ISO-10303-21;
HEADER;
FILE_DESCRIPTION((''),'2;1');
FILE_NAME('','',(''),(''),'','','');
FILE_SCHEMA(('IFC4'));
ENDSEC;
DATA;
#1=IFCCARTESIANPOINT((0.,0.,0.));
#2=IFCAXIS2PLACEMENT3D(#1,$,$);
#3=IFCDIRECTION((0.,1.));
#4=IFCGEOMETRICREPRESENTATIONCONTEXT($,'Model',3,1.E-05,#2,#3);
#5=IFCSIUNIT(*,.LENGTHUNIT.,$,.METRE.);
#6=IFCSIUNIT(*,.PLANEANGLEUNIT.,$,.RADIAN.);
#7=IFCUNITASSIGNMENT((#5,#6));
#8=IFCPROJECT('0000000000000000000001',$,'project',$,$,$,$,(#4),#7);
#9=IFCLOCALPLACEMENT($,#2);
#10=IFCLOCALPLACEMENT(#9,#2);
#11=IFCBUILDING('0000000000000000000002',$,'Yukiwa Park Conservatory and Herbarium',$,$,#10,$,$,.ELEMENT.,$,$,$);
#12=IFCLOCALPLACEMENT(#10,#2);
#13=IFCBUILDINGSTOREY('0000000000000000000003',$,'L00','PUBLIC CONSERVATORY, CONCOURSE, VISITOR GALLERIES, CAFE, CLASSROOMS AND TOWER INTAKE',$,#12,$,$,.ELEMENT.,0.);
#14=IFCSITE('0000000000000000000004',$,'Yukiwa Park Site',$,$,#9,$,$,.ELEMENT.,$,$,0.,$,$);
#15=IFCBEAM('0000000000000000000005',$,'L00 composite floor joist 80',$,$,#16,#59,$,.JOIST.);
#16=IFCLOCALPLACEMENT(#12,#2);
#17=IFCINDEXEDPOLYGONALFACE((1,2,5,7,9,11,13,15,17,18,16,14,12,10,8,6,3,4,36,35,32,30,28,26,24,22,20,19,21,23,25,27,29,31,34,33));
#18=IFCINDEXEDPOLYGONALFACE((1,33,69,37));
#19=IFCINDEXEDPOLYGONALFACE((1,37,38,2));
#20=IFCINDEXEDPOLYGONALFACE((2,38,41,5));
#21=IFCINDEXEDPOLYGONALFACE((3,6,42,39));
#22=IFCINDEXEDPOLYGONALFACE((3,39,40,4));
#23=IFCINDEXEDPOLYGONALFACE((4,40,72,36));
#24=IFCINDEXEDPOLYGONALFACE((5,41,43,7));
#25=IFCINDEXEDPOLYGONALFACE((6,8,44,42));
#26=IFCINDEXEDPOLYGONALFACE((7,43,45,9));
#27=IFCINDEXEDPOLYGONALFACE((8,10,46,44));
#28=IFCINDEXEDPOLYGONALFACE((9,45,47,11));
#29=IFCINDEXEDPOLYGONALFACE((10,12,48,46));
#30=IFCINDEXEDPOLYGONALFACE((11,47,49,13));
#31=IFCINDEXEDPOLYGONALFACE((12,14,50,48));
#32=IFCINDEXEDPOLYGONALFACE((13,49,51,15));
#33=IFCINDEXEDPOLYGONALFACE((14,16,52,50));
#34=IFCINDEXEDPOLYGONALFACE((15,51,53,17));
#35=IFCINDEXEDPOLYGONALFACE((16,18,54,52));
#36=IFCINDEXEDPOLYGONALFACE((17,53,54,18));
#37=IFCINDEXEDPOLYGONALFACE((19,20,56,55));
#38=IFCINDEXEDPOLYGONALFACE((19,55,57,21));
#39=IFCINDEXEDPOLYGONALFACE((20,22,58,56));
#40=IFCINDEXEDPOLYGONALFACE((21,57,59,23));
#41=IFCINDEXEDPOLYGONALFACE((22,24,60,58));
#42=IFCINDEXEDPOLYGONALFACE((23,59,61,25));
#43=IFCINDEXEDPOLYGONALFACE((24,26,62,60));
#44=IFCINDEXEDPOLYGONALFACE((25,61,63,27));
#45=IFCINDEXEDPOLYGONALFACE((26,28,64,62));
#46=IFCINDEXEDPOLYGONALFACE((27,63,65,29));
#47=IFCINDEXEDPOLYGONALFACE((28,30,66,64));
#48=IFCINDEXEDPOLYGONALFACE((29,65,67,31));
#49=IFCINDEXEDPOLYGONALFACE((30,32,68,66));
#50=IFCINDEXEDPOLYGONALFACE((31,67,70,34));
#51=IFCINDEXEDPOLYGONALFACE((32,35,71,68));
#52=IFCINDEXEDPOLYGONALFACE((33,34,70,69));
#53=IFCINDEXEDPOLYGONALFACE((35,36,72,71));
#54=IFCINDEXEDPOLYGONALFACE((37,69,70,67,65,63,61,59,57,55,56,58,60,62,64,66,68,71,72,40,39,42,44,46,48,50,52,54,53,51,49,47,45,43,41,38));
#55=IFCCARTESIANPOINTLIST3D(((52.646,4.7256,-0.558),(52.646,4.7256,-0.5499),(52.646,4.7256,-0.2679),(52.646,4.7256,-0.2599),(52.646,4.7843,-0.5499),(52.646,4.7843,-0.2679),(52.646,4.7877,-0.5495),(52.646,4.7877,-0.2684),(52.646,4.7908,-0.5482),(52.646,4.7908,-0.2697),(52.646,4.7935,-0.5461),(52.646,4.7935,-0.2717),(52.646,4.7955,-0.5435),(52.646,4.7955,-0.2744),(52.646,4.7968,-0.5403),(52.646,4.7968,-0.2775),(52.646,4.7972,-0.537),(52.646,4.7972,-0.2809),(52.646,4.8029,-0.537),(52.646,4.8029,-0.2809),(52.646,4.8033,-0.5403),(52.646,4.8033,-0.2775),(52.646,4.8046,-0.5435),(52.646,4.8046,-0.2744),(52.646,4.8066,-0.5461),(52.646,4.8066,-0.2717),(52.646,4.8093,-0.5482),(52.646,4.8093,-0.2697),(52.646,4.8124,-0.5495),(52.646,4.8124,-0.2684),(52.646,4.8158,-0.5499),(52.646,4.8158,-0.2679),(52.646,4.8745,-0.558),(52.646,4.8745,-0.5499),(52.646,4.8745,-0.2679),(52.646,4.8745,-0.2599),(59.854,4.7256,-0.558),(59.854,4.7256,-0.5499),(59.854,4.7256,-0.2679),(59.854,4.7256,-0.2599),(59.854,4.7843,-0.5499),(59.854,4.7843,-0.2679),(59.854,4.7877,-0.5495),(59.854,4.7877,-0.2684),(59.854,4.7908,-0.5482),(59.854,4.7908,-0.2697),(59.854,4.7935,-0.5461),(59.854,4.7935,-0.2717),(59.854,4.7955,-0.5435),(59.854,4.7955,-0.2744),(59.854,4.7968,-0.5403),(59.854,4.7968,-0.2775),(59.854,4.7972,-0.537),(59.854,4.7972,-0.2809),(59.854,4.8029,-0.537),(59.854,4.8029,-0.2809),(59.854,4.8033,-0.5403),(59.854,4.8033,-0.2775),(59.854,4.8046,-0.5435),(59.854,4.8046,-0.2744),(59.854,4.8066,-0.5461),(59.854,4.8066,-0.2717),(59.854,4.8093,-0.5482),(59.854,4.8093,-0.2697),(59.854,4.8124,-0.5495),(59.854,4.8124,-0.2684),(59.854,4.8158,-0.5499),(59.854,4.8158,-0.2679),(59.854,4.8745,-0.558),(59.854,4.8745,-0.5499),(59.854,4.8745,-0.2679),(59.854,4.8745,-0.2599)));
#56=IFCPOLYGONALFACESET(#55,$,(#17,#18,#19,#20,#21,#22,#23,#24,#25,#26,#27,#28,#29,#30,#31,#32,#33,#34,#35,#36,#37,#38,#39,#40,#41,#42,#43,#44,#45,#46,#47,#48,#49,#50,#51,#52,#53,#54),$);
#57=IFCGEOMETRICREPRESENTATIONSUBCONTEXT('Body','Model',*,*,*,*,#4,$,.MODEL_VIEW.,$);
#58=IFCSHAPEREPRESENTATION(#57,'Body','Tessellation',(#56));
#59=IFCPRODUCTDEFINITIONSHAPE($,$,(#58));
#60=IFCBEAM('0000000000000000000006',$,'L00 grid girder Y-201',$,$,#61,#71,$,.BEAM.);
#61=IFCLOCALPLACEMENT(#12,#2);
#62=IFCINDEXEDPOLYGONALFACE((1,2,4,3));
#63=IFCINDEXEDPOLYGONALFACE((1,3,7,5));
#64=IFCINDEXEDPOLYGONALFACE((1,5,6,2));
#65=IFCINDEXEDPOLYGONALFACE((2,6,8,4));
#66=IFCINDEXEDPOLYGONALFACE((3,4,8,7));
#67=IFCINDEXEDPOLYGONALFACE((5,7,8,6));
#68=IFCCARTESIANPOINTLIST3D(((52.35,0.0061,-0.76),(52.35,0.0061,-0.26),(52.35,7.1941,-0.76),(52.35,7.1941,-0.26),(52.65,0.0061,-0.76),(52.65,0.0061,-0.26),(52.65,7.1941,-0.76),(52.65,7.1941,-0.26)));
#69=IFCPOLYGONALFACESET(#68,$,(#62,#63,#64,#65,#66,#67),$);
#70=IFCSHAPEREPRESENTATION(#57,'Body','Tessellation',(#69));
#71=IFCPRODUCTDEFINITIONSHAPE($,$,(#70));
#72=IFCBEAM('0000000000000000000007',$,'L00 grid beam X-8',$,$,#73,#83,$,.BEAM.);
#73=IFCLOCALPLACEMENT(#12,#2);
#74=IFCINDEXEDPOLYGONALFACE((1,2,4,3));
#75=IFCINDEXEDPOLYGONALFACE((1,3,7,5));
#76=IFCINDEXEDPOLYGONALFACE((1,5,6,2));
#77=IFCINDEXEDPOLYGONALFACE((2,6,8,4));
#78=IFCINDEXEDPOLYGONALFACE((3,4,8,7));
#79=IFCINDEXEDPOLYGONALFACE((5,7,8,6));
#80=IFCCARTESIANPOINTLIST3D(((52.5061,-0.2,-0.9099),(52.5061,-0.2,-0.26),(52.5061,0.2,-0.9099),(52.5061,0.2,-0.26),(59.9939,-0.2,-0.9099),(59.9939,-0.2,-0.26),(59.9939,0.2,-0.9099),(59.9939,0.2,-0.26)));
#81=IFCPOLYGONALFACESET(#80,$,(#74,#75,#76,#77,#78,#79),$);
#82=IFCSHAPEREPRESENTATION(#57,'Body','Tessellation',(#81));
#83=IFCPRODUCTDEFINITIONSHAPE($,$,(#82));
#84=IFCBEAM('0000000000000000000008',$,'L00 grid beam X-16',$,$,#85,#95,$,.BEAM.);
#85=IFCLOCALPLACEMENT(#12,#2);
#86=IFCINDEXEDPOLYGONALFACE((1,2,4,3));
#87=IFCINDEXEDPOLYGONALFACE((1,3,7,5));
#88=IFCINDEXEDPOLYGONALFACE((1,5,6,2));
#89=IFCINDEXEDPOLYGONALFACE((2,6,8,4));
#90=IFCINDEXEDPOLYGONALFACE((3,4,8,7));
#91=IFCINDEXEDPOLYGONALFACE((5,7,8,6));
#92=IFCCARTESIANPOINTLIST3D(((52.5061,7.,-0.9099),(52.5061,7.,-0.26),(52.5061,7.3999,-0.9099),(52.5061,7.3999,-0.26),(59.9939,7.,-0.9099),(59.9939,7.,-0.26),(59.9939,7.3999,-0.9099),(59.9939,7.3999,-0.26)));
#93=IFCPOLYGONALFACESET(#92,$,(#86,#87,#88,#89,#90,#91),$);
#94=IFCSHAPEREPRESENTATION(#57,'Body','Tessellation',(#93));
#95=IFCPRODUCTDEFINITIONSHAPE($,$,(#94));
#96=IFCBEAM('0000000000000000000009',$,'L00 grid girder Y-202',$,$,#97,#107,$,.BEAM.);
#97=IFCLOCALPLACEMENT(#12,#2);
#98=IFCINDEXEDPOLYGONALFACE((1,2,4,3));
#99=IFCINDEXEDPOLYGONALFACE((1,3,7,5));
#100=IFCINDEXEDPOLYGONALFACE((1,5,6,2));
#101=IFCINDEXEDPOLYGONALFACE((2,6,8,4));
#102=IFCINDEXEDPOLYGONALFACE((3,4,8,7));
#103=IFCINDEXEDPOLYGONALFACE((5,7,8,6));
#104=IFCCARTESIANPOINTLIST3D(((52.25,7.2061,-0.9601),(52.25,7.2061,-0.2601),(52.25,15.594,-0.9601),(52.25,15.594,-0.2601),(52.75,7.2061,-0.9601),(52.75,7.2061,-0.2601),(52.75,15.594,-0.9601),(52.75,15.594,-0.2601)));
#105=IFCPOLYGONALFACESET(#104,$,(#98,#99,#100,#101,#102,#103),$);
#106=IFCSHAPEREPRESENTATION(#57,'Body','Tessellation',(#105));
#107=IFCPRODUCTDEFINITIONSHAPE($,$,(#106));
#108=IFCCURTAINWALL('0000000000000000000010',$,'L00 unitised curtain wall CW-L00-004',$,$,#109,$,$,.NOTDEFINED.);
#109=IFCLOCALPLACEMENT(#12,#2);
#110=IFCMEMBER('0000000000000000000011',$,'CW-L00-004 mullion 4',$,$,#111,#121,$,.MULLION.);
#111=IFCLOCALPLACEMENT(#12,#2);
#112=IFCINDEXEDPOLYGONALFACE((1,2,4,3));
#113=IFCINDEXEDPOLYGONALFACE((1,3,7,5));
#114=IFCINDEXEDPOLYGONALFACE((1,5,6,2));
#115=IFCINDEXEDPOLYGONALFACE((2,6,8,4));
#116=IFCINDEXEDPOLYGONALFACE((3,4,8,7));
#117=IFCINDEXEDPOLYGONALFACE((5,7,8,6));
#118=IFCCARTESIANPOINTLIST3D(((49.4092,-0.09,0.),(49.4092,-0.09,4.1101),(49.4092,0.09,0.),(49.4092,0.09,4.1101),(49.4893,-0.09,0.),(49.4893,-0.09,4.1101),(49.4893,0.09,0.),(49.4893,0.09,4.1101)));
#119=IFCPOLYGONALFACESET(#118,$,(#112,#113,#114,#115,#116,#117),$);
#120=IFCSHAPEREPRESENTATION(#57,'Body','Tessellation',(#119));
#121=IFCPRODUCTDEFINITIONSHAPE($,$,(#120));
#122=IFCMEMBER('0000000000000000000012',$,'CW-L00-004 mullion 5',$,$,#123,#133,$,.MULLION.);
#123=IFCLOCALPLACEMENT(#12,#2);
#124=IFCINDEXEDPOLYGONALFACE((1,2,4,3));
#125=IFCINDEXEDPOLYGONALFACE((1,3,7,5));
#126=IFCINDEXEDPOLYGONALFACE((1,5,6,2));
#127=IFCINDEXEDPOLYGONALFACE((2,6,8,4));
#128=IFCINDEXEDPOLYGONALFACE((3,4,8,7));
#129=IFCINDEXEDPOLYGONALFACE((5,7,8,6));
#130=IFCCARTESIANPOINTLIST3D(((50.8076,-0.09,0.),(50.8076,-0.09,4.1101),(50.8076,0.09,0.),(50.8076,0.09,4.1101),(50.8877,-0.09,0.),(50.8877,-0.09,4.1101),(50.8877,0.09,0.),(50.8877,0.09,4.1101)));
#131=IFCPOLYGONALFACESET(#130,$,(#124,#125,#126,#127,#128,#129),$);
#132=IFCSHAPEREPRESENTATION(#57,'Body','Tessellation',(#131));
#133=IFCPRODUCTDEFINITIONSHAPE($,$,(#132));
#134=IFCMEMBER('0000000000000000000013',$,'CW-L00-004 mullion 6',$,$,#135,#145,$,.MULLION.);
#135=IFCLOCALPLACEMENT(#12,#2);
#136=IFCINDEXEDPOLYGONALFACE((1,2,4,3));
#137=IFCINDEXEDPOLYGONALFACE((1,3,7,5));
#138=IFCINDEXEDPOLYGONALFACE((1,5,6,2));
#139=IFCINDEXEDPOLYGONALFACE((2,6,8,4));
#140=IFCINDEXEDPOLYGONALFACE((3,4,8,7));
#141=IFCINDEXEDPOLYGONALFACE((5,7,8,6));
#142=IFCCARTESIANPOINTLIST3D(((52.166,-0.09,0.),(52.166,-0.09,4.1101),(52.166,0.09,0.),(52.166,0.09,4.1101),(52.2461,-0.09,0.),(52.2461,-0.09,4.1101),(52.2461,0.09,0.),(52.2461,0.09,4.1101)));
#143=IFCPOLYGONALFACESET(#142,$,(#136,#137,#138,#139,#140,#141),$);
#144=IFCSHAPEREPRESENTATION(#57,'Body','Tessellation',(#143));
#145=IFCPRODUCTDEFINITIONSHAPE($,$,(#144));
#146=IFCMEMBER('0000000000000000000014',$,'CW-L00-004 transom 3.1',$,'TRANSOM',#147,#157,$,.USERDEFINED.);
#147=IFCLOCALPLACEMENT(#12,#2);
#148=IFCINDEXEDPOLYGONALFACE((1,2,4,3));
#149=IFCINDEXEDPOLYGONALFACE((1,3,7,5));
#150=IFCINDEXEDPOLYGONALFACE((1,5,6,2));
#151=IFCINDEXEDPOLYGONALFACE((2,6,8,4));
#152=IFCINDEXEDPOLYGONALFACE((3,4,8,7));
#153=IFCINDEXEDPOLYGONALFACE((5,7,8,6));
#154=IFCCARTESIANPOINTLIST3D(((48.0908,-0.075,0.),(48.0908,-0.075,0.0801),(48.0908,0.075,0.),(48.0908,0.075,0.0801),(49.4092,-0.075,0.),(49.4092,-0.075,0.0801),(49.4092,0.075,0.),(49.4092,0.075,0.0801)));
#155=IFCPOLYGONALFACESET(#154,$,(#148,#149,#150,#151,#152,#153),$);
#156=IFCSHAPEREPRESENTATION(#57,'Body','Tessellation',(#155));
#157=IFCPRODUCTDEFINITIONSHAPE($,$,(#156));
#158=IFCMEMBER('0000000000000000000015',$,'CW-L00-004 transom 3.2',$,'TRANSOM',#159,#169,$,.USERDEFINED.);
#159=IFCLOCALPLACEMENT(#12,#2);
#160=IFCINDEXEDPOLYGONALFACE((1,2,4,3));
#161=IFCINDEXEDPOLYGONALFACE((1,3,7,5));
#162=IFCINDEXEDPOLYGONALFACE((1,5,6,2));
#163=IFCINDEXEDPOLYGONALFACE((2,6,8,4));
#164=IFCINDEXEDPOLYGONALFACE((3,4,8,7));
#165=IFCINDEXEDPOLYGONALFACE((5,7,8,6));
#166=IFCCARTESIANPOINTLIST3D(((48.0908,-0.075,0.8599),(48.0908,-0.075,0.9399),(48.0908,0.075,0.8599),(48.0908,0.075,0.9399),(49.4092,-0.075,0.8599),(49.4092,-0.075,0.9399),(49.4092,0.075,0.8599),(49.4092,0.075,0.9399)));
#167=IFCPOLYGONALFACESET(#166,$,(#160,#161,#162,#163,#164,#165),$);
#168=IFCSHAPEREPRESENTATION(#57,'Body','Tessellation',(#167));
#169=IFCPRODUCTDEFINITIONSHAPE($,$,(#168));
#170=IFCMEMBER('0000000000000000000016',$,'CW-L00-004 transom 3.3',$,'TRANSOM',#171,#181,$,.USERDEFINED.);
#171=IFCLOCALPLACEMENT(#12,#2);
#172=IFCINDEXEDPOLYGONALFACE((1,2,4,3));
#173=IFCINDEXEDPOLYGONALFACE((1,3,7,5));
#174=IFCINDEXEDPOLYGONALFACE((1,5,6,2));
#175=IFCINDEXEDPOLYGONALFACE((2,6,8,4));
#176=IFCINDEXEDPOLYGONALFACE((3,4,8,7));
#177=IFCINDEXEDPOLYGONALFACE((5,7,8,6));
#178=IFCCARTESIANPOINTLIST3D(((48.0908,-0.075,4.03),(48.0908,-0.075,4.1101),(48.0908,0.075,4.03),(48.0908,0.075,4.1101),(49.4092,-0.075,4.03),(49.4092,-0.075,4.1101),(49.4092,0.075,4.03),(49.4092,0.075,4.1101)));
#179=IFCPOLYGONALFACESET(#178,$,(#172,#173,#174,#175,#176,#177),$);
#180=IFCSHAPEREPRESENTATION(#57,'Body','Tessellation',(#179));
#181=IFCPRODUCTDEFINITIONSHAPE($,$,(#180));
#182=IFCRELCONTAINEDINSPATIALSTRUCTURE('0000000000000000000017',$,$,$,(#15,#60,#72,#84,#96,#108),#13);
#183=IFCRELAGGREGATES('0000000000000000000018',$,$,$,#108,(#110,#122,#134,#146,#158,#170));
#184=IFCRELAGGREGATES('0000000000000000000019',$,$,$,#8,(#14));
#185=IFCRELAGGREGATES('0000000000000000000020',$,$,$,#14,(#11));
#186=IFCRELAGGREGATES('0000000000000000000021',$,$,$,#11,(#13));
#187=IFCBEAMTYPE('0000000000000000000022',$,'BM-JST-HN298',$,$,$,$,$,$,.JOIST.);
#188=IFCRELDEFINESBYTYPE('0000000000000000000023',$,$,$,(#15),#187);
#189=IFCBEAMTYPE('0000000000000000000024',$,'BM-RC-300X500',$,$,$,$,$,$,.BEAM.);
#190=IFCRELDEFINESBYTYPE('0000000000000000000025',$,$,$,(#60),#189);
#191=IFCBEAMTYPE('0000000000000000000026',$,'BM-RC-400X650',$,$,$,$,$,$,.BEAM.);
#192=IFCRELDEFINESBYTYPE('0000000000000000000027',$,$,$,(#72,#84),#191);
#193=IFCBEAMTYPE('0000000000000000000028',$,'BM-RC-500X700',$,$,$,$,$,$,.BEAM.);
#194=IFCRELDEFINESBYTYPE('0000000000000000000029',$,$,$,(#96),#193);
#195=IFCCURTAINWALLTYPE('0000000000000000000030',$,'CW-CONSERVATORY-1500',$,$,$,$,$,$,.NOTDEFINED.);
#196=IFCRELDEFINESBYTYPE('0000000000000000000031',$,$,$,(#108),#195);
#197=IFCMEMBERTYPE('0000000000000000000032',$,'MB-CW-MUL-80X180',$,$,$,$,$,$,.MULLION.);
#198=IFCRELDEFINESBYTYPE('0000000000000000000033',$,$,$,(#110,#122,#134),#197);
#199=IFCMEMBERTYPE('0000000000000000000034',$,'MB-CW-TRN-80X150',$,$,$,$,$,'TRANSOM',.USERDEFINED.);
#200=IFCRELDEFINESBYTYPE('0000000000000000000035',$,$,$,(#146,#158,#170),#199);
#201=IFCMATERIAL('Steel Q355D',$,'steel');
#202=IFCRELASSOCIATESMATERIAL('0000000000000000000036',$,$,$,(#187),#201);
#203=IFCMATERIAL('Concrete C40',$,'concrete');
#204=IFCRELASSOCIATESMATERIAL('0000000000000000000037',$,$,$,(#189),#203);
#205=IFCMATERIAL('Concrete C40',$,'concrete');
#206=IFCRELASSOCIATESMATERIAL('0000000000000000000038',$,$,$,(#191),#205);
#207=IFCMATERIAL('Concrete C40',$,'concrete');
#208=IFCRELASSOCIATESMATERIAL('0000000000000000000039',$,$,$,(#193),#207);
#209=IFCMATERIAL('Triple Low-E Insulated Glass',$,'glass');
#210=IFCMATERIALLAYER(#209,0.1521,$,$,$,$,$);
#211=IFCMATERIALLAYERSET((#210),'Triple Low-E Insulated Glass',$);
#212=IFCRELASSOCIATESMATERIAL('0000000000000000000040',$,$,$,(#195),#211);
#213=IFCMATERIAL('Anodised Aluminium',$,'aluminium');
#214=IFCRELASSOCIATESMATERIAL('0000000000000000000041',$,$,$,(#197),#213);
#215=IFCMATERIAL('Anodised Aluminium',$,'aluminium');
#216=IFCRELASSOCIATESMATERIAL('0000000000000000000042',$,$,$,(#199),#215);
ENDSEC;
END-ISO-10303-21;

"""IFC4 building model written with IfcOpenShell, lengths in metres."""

from ifc_helpers import new_model, si_unit, direction, frame, origin, origin_2d, place, context, subcontext, project, spatial, rectangle, i_section, extrude, material, layer, layer_set, material_profile, profile_set, type_object, element, aggregate, save


model = new_model("IFC4")

# Units and contexts
model_context = context("Model", 3, precision=1e-05, world=origin(), true_north=direction((0.0, 1.0)))
body_context = subcontext(model_context, "Body", "Model", "MODEL_VIEW")
ifc_project = project(units=[si_unit("LENGTHUNIT", "METRE"), si_unit("PLANEANGLEUNIT", "RADIAN")], contexts=[model_context])

# Site, building, storey
site_placement = place(None, origin())
site = spatial("IfcSite", under=ifc_project, at=site_placement, Name="Yukiwa Park Site", CompositionType="ELEMENT", RefElevation=0.0)
building_placement = place(site_placement, origin())
building = spatial("IfcBuilding", under=site, at=building_placement, Name="Yukiwa Park Conservatory and Herbarium", CompositionType="ELEMENT")
storey_placement = place(building_placement, origin())
storey = spatial("IfcBuildingStorey", under=building, at=storey_placement, Name="L00", Description="PUBLIC CONSERVATORY, CONCOURSE, VISITOR GALLERIES, CAFE, CLASSROOMS AND TOWER INTAKE", CompositionType="ELEMENT", Elevation=0.0)

# Beams
ifc_material_1 = material(Name="Steel Q355D", Category="steel")
ifc_material_profile_1 = material_profile(ifc_material_1, i_section(OverallWidth=0.1489, OverallDepth=0.2981, WebThickness=0.0056, FlangeThickness=0.0081, FilletRadius=0.0129, at=origin_2d()), Name="HN 298x149x5.5x8")
ifc_profile_set_1 = profile_set([ifc_material_profile_1], Name="Steel Q355D")
beam_type_1 = type_object("IfcBeamType", Name="BM-JST-HN298", PredefinedType="JOIST", material=ifc_profile_set_1)
for number, where, z_axis, x_axis, name in (
    (1, (52.646, 4.8, -0.4089), (1.0, 0.0, 0.0), (0.0, 1.0, 0.0), "L00 composite floor joist 80"),
):
    element("IfcBeam", number, at=place(storey_placement, frame(where, z_axis=z_axis, x_axis=x_axis)), inside=storey, type_object=beam_type_1, Name=name, PredefinedType="JOIST", context=body_context, shape_type="SweptSolid", body=[
        extrude(i_section(OverallWidth=0.1489, OverallDepth=0.2981, WebThickness=0.0056, FlangeThickness=0.0081, FilletRadius=0.0129, at=origin_2d()), origin(), (0.0, 0.0, 1.0), 7.208),
    ])
ifc_material_2 = material(Name="Concrete C40", Category="concrete")
ifc_material_profile_2 = material_profile(ifc_material_2, rectangle(XDim=0.3, YDim=0.5, at=origin_2d()), Name="RC 300x500")
ifc_profile_set_2 = profile_set([ifc_material_profile_2], Name="Concrete C40")
beam_type_2 = type_object("IfcBeamType", Name="BM-RC-300X500", PredefinedType="BEAM", material=ifc_profile_set_2)
beam_1_placement = place(storey_placement, frame((52.5, 0.0061, -0.51), z_axis=(0.0, 1.0, 0.0), x_axis=(-1.0, 0.0, 0.0)))
element("IfcBeam", 2, at=beam_1_placement, inside=storey, type_object=beam_type_2, Name="L00 grid girder Y-201", PredefinedType="BEAM", context=body_context, shape_type="SweptSolid", body=[
    extrude(rectangle(XDim=0.3, YDim=0.5, at=origin_2d()), origin(), (0.0, 0.0, 1.0), 7.188),
])
ifc_material_3 = material(Name="Concrete C40", Category="concrete")
ifc_material_profile_3 = material_profile(ifc_material_3, rectangle(XDim=0.3999, YDim=0.6499, at=origin_2d()), Name="RC 400x650")
ifc_profile_set_3 = profile_set([ifc_material_profile_3], Name="Concrete C40")
beam_type_3 = type_object("IfcBeamType", Name="BM-RC-400X650", PredefinedType="BEAM", material=ifc_profile_set_3)
for number, where, z_axis, x_axis, name in (
    (3, (52.5061, 0.0, -0.585), (1.0, 0.0, 0.0), (0.0, 1.0, 0.0), "L00 grid beam X-8"),
    (4, (52.5061, 7.2, -0.585), (1.0, 0.0, 0.0), (0.0, 1.0, 0.0), "L00 grid beam X-16"),
):
    element("IfcBeam", number, at=place(storey_placement, frame(where, z_axis=z_axis, x_axis=x_axis)), inside=storey, type_object=beam_type_3, Name=name, PredefinedType="BEAM", context=body_context, shape_type="SweptSolid", body=[
        extrude(rectangle(XDim=0.3999, YDim=0.6499, at=origin_2d()), origin(), (0.0, 0.0, 1.0), 7.4878),
    ])
ifc_material_4 = material(Name="Concrete C40", Category="concrete")
ifc_material_profile_4 = material_profile(ifc_material_4, rectangle(XDim=0.5, YDim=0.7, at=origin_2d()), Name="RC 500x700")
ifc_profile_set_4 = profile_set([ifc_material_profile_4], Name="Concrete C40")
beam_type_4 = type_object("IfcBeamType", Name="BM-RC-500X700", PredefinedType="BEAM", material=ifc_profile_set_4)
beam_2_placement = place(storey_placement, frame((52.5, 7.2061, -0.6101), z_axis=(0.0, 1.0, 0.0), x_axis=(-1.0, 0.0, 0.0)))
element("IfcBeam", 5, at=beam_2_placement, inside=storey, type_object=beam_type_4, Name="L00 grid girder Y-202", PredefinedType="BEAM", context=body_context, shape_type="SweptSolid", body=[
    extrude(rectangle(XDim=0.5, YDim=0.7, at=origin_2d()), origin(), (0.0, 0.0, 1.0), 8.3879),
])

# Curtain wall, members
ifc_material_5 = material(Name="Triple Low-E Insulated Glass", Category="glass")
ifc_layer_1 = layer(ifc_material_5, 0.1521)
ifc_layer_set_1 = layer_set([ifc_layer_1], Name="Triple Low-E Insulated Glass")
curtain_wall_type = type_object("IfcCurtainWallType", Name="CW-CONSERVATORY-1500", PredefinedType="NOTDEFINED", material=ifc_layer_set_1)
curtain_wall_placement = place(storey_placement, origin())
curtain_wall = element("IfcCurtainWall", 6, at=curtain_wall_placement, inside=storey, type_object=curtain_wall_type, Name="L00 unitised curtain wall CW-L00-004", PredefinedType="NOTDEFINED")
ifc_material_6 = material(Name="Anodised Aluminium", Category="aluminium")
member_type_1 = type_object("IfcMemberType", Name="MB-CW-MUL-80X180", PredefinedType="MULLION", material=ifc_material_6)
member_1_placement = place(storey_placement, frame((49.4492, 0.0, 0.0), z_axis=(0.0, 0.0, 1.0), x_axis=(1.0, 0.0, 0.0)))
member_1 = element("IfcMember", 7, at=member_1_placement, type_object=member_type_1, Name="CW-L00-004 mullion 4", PredefinedType="MULLION", context=body_context, shape_type="SweptSolid", body=[
    extrude(rectangle(XDim=0.0801, YDim=0.1799, at=origin_2d()), origin(), (0.0, 0.0, 1.0), 4.1101),
])
member_2_placement = place(storey_placement, frame((50.8477, 0.0, 0.0), z_axis=(0.0, 0.0, 1.0), x_axis=(1.0, 0.0, 0.0)))
member_2 = element("IfcMember", 8, at=member_2_placement, type_object=member_type_1, Name="CW-L00-004 mullion 5", PredefinedType="MULLION", context=body_context, shape_type="SweptSolid", body=[
    extrude(rectangle(XDim=0.0801, YDim=0.1799, at=origin_2d()), origin(), (0.0, 0.0, 1.0), 4.1101),
])
member_3_placement = place(storey_placement, frame((52.2061, 0.0, 0.0), z_axis=(0.0, 0.0, 1.0), x_axis=(1.0, 0.0, 0.0)))
member_3 = element("IfcMember", 9, at=member_3_placement, type_object=member_type_1, Name="CW-L00-004 mullion 6", PredefinedType="MULLION", context=body_context, shape_type="SweptSolid", body=[
    extrude(rectangle(XDim=0.0801, YDim=0.1799, at=origin_2d()), origin(), (0.0, 0.0, 1.0), 4.1101),
])
ifc_material_7 = material(Name="Anodised Aluminium", Category="aluminium")
member_type_2 = type_object("IfcMemberType", Name="MB-CW-TRN-80X150", ElementType="TRANSOM", PredefinedType="USERDEFINED", material=ifc_material_7)
member_4_placement = place(storey_placement, frame((48.75, 0.0, 0.0), z_axis=(0.0, 0.0, 1.0), x_axis=(1.0, 0.0, 0.0)))
member_4 = element("IfcMember", 10, at=member_4_placement, type_object=member_type_2, Name="CW-L00-004 transom 3.1", ObjectType="TRANSOM", PredefinedType="USERDEFINED", context=body_context, shape_type="SweptSolid", body=[
    extrude(rectangle(XDim=1.3184, YDim=0.1499, at=origin_2d()), origin(), (0.0, 0.0, 1.0), 0.0801),
])
member_5_placement = place(storey_placement, frame((48.75, 0.0, 0.8599), z_axis=(0.0, 0.0, 1.0), x_axis=(1.0, 0.0, 0.0)))
member_5 = element("IfcMember", 11, at=member_5_placement, type_object=member_type_2, Name="CW-L00-004 transom 3.2", ObjectType="TRANSOM", PredefinedType="USERDEFINED", context=body_context, shape_type="SweptSolid", body=[
    extrude(rectangle(XDim=1.3184, YDim=0.1499, at=origin_2d()), origin(), (0.0, 0.0, 1.0), 0.0801),
])
member_6_placement = place(storey_placement, frame((48.75, 0.0, 4.03), z_axis=(0.0, 0.0, 1.0), x_axis=(1.0, 0.0, 0.0)))
member_6 = element("IfcMember", 12, at=member_6_placement, type_object=member_type_2, Name="CW-L00-004 transom 3.3", ObjectType="TRANSOM", PredefinedType="USERDEFINED", context=body_context, shape_type="SweptSolid", body=[
    extrude(rectangle(XDim=1.3184, YDim=0.1499, at=origin_2d()), origin(), (0.0, 0.0, 1.0), 0.0801),
])

aggregate(curtain_wall, [member_1, member_2, member_3, member_4, member_5, member_6])

save(model, "model.ifc")
